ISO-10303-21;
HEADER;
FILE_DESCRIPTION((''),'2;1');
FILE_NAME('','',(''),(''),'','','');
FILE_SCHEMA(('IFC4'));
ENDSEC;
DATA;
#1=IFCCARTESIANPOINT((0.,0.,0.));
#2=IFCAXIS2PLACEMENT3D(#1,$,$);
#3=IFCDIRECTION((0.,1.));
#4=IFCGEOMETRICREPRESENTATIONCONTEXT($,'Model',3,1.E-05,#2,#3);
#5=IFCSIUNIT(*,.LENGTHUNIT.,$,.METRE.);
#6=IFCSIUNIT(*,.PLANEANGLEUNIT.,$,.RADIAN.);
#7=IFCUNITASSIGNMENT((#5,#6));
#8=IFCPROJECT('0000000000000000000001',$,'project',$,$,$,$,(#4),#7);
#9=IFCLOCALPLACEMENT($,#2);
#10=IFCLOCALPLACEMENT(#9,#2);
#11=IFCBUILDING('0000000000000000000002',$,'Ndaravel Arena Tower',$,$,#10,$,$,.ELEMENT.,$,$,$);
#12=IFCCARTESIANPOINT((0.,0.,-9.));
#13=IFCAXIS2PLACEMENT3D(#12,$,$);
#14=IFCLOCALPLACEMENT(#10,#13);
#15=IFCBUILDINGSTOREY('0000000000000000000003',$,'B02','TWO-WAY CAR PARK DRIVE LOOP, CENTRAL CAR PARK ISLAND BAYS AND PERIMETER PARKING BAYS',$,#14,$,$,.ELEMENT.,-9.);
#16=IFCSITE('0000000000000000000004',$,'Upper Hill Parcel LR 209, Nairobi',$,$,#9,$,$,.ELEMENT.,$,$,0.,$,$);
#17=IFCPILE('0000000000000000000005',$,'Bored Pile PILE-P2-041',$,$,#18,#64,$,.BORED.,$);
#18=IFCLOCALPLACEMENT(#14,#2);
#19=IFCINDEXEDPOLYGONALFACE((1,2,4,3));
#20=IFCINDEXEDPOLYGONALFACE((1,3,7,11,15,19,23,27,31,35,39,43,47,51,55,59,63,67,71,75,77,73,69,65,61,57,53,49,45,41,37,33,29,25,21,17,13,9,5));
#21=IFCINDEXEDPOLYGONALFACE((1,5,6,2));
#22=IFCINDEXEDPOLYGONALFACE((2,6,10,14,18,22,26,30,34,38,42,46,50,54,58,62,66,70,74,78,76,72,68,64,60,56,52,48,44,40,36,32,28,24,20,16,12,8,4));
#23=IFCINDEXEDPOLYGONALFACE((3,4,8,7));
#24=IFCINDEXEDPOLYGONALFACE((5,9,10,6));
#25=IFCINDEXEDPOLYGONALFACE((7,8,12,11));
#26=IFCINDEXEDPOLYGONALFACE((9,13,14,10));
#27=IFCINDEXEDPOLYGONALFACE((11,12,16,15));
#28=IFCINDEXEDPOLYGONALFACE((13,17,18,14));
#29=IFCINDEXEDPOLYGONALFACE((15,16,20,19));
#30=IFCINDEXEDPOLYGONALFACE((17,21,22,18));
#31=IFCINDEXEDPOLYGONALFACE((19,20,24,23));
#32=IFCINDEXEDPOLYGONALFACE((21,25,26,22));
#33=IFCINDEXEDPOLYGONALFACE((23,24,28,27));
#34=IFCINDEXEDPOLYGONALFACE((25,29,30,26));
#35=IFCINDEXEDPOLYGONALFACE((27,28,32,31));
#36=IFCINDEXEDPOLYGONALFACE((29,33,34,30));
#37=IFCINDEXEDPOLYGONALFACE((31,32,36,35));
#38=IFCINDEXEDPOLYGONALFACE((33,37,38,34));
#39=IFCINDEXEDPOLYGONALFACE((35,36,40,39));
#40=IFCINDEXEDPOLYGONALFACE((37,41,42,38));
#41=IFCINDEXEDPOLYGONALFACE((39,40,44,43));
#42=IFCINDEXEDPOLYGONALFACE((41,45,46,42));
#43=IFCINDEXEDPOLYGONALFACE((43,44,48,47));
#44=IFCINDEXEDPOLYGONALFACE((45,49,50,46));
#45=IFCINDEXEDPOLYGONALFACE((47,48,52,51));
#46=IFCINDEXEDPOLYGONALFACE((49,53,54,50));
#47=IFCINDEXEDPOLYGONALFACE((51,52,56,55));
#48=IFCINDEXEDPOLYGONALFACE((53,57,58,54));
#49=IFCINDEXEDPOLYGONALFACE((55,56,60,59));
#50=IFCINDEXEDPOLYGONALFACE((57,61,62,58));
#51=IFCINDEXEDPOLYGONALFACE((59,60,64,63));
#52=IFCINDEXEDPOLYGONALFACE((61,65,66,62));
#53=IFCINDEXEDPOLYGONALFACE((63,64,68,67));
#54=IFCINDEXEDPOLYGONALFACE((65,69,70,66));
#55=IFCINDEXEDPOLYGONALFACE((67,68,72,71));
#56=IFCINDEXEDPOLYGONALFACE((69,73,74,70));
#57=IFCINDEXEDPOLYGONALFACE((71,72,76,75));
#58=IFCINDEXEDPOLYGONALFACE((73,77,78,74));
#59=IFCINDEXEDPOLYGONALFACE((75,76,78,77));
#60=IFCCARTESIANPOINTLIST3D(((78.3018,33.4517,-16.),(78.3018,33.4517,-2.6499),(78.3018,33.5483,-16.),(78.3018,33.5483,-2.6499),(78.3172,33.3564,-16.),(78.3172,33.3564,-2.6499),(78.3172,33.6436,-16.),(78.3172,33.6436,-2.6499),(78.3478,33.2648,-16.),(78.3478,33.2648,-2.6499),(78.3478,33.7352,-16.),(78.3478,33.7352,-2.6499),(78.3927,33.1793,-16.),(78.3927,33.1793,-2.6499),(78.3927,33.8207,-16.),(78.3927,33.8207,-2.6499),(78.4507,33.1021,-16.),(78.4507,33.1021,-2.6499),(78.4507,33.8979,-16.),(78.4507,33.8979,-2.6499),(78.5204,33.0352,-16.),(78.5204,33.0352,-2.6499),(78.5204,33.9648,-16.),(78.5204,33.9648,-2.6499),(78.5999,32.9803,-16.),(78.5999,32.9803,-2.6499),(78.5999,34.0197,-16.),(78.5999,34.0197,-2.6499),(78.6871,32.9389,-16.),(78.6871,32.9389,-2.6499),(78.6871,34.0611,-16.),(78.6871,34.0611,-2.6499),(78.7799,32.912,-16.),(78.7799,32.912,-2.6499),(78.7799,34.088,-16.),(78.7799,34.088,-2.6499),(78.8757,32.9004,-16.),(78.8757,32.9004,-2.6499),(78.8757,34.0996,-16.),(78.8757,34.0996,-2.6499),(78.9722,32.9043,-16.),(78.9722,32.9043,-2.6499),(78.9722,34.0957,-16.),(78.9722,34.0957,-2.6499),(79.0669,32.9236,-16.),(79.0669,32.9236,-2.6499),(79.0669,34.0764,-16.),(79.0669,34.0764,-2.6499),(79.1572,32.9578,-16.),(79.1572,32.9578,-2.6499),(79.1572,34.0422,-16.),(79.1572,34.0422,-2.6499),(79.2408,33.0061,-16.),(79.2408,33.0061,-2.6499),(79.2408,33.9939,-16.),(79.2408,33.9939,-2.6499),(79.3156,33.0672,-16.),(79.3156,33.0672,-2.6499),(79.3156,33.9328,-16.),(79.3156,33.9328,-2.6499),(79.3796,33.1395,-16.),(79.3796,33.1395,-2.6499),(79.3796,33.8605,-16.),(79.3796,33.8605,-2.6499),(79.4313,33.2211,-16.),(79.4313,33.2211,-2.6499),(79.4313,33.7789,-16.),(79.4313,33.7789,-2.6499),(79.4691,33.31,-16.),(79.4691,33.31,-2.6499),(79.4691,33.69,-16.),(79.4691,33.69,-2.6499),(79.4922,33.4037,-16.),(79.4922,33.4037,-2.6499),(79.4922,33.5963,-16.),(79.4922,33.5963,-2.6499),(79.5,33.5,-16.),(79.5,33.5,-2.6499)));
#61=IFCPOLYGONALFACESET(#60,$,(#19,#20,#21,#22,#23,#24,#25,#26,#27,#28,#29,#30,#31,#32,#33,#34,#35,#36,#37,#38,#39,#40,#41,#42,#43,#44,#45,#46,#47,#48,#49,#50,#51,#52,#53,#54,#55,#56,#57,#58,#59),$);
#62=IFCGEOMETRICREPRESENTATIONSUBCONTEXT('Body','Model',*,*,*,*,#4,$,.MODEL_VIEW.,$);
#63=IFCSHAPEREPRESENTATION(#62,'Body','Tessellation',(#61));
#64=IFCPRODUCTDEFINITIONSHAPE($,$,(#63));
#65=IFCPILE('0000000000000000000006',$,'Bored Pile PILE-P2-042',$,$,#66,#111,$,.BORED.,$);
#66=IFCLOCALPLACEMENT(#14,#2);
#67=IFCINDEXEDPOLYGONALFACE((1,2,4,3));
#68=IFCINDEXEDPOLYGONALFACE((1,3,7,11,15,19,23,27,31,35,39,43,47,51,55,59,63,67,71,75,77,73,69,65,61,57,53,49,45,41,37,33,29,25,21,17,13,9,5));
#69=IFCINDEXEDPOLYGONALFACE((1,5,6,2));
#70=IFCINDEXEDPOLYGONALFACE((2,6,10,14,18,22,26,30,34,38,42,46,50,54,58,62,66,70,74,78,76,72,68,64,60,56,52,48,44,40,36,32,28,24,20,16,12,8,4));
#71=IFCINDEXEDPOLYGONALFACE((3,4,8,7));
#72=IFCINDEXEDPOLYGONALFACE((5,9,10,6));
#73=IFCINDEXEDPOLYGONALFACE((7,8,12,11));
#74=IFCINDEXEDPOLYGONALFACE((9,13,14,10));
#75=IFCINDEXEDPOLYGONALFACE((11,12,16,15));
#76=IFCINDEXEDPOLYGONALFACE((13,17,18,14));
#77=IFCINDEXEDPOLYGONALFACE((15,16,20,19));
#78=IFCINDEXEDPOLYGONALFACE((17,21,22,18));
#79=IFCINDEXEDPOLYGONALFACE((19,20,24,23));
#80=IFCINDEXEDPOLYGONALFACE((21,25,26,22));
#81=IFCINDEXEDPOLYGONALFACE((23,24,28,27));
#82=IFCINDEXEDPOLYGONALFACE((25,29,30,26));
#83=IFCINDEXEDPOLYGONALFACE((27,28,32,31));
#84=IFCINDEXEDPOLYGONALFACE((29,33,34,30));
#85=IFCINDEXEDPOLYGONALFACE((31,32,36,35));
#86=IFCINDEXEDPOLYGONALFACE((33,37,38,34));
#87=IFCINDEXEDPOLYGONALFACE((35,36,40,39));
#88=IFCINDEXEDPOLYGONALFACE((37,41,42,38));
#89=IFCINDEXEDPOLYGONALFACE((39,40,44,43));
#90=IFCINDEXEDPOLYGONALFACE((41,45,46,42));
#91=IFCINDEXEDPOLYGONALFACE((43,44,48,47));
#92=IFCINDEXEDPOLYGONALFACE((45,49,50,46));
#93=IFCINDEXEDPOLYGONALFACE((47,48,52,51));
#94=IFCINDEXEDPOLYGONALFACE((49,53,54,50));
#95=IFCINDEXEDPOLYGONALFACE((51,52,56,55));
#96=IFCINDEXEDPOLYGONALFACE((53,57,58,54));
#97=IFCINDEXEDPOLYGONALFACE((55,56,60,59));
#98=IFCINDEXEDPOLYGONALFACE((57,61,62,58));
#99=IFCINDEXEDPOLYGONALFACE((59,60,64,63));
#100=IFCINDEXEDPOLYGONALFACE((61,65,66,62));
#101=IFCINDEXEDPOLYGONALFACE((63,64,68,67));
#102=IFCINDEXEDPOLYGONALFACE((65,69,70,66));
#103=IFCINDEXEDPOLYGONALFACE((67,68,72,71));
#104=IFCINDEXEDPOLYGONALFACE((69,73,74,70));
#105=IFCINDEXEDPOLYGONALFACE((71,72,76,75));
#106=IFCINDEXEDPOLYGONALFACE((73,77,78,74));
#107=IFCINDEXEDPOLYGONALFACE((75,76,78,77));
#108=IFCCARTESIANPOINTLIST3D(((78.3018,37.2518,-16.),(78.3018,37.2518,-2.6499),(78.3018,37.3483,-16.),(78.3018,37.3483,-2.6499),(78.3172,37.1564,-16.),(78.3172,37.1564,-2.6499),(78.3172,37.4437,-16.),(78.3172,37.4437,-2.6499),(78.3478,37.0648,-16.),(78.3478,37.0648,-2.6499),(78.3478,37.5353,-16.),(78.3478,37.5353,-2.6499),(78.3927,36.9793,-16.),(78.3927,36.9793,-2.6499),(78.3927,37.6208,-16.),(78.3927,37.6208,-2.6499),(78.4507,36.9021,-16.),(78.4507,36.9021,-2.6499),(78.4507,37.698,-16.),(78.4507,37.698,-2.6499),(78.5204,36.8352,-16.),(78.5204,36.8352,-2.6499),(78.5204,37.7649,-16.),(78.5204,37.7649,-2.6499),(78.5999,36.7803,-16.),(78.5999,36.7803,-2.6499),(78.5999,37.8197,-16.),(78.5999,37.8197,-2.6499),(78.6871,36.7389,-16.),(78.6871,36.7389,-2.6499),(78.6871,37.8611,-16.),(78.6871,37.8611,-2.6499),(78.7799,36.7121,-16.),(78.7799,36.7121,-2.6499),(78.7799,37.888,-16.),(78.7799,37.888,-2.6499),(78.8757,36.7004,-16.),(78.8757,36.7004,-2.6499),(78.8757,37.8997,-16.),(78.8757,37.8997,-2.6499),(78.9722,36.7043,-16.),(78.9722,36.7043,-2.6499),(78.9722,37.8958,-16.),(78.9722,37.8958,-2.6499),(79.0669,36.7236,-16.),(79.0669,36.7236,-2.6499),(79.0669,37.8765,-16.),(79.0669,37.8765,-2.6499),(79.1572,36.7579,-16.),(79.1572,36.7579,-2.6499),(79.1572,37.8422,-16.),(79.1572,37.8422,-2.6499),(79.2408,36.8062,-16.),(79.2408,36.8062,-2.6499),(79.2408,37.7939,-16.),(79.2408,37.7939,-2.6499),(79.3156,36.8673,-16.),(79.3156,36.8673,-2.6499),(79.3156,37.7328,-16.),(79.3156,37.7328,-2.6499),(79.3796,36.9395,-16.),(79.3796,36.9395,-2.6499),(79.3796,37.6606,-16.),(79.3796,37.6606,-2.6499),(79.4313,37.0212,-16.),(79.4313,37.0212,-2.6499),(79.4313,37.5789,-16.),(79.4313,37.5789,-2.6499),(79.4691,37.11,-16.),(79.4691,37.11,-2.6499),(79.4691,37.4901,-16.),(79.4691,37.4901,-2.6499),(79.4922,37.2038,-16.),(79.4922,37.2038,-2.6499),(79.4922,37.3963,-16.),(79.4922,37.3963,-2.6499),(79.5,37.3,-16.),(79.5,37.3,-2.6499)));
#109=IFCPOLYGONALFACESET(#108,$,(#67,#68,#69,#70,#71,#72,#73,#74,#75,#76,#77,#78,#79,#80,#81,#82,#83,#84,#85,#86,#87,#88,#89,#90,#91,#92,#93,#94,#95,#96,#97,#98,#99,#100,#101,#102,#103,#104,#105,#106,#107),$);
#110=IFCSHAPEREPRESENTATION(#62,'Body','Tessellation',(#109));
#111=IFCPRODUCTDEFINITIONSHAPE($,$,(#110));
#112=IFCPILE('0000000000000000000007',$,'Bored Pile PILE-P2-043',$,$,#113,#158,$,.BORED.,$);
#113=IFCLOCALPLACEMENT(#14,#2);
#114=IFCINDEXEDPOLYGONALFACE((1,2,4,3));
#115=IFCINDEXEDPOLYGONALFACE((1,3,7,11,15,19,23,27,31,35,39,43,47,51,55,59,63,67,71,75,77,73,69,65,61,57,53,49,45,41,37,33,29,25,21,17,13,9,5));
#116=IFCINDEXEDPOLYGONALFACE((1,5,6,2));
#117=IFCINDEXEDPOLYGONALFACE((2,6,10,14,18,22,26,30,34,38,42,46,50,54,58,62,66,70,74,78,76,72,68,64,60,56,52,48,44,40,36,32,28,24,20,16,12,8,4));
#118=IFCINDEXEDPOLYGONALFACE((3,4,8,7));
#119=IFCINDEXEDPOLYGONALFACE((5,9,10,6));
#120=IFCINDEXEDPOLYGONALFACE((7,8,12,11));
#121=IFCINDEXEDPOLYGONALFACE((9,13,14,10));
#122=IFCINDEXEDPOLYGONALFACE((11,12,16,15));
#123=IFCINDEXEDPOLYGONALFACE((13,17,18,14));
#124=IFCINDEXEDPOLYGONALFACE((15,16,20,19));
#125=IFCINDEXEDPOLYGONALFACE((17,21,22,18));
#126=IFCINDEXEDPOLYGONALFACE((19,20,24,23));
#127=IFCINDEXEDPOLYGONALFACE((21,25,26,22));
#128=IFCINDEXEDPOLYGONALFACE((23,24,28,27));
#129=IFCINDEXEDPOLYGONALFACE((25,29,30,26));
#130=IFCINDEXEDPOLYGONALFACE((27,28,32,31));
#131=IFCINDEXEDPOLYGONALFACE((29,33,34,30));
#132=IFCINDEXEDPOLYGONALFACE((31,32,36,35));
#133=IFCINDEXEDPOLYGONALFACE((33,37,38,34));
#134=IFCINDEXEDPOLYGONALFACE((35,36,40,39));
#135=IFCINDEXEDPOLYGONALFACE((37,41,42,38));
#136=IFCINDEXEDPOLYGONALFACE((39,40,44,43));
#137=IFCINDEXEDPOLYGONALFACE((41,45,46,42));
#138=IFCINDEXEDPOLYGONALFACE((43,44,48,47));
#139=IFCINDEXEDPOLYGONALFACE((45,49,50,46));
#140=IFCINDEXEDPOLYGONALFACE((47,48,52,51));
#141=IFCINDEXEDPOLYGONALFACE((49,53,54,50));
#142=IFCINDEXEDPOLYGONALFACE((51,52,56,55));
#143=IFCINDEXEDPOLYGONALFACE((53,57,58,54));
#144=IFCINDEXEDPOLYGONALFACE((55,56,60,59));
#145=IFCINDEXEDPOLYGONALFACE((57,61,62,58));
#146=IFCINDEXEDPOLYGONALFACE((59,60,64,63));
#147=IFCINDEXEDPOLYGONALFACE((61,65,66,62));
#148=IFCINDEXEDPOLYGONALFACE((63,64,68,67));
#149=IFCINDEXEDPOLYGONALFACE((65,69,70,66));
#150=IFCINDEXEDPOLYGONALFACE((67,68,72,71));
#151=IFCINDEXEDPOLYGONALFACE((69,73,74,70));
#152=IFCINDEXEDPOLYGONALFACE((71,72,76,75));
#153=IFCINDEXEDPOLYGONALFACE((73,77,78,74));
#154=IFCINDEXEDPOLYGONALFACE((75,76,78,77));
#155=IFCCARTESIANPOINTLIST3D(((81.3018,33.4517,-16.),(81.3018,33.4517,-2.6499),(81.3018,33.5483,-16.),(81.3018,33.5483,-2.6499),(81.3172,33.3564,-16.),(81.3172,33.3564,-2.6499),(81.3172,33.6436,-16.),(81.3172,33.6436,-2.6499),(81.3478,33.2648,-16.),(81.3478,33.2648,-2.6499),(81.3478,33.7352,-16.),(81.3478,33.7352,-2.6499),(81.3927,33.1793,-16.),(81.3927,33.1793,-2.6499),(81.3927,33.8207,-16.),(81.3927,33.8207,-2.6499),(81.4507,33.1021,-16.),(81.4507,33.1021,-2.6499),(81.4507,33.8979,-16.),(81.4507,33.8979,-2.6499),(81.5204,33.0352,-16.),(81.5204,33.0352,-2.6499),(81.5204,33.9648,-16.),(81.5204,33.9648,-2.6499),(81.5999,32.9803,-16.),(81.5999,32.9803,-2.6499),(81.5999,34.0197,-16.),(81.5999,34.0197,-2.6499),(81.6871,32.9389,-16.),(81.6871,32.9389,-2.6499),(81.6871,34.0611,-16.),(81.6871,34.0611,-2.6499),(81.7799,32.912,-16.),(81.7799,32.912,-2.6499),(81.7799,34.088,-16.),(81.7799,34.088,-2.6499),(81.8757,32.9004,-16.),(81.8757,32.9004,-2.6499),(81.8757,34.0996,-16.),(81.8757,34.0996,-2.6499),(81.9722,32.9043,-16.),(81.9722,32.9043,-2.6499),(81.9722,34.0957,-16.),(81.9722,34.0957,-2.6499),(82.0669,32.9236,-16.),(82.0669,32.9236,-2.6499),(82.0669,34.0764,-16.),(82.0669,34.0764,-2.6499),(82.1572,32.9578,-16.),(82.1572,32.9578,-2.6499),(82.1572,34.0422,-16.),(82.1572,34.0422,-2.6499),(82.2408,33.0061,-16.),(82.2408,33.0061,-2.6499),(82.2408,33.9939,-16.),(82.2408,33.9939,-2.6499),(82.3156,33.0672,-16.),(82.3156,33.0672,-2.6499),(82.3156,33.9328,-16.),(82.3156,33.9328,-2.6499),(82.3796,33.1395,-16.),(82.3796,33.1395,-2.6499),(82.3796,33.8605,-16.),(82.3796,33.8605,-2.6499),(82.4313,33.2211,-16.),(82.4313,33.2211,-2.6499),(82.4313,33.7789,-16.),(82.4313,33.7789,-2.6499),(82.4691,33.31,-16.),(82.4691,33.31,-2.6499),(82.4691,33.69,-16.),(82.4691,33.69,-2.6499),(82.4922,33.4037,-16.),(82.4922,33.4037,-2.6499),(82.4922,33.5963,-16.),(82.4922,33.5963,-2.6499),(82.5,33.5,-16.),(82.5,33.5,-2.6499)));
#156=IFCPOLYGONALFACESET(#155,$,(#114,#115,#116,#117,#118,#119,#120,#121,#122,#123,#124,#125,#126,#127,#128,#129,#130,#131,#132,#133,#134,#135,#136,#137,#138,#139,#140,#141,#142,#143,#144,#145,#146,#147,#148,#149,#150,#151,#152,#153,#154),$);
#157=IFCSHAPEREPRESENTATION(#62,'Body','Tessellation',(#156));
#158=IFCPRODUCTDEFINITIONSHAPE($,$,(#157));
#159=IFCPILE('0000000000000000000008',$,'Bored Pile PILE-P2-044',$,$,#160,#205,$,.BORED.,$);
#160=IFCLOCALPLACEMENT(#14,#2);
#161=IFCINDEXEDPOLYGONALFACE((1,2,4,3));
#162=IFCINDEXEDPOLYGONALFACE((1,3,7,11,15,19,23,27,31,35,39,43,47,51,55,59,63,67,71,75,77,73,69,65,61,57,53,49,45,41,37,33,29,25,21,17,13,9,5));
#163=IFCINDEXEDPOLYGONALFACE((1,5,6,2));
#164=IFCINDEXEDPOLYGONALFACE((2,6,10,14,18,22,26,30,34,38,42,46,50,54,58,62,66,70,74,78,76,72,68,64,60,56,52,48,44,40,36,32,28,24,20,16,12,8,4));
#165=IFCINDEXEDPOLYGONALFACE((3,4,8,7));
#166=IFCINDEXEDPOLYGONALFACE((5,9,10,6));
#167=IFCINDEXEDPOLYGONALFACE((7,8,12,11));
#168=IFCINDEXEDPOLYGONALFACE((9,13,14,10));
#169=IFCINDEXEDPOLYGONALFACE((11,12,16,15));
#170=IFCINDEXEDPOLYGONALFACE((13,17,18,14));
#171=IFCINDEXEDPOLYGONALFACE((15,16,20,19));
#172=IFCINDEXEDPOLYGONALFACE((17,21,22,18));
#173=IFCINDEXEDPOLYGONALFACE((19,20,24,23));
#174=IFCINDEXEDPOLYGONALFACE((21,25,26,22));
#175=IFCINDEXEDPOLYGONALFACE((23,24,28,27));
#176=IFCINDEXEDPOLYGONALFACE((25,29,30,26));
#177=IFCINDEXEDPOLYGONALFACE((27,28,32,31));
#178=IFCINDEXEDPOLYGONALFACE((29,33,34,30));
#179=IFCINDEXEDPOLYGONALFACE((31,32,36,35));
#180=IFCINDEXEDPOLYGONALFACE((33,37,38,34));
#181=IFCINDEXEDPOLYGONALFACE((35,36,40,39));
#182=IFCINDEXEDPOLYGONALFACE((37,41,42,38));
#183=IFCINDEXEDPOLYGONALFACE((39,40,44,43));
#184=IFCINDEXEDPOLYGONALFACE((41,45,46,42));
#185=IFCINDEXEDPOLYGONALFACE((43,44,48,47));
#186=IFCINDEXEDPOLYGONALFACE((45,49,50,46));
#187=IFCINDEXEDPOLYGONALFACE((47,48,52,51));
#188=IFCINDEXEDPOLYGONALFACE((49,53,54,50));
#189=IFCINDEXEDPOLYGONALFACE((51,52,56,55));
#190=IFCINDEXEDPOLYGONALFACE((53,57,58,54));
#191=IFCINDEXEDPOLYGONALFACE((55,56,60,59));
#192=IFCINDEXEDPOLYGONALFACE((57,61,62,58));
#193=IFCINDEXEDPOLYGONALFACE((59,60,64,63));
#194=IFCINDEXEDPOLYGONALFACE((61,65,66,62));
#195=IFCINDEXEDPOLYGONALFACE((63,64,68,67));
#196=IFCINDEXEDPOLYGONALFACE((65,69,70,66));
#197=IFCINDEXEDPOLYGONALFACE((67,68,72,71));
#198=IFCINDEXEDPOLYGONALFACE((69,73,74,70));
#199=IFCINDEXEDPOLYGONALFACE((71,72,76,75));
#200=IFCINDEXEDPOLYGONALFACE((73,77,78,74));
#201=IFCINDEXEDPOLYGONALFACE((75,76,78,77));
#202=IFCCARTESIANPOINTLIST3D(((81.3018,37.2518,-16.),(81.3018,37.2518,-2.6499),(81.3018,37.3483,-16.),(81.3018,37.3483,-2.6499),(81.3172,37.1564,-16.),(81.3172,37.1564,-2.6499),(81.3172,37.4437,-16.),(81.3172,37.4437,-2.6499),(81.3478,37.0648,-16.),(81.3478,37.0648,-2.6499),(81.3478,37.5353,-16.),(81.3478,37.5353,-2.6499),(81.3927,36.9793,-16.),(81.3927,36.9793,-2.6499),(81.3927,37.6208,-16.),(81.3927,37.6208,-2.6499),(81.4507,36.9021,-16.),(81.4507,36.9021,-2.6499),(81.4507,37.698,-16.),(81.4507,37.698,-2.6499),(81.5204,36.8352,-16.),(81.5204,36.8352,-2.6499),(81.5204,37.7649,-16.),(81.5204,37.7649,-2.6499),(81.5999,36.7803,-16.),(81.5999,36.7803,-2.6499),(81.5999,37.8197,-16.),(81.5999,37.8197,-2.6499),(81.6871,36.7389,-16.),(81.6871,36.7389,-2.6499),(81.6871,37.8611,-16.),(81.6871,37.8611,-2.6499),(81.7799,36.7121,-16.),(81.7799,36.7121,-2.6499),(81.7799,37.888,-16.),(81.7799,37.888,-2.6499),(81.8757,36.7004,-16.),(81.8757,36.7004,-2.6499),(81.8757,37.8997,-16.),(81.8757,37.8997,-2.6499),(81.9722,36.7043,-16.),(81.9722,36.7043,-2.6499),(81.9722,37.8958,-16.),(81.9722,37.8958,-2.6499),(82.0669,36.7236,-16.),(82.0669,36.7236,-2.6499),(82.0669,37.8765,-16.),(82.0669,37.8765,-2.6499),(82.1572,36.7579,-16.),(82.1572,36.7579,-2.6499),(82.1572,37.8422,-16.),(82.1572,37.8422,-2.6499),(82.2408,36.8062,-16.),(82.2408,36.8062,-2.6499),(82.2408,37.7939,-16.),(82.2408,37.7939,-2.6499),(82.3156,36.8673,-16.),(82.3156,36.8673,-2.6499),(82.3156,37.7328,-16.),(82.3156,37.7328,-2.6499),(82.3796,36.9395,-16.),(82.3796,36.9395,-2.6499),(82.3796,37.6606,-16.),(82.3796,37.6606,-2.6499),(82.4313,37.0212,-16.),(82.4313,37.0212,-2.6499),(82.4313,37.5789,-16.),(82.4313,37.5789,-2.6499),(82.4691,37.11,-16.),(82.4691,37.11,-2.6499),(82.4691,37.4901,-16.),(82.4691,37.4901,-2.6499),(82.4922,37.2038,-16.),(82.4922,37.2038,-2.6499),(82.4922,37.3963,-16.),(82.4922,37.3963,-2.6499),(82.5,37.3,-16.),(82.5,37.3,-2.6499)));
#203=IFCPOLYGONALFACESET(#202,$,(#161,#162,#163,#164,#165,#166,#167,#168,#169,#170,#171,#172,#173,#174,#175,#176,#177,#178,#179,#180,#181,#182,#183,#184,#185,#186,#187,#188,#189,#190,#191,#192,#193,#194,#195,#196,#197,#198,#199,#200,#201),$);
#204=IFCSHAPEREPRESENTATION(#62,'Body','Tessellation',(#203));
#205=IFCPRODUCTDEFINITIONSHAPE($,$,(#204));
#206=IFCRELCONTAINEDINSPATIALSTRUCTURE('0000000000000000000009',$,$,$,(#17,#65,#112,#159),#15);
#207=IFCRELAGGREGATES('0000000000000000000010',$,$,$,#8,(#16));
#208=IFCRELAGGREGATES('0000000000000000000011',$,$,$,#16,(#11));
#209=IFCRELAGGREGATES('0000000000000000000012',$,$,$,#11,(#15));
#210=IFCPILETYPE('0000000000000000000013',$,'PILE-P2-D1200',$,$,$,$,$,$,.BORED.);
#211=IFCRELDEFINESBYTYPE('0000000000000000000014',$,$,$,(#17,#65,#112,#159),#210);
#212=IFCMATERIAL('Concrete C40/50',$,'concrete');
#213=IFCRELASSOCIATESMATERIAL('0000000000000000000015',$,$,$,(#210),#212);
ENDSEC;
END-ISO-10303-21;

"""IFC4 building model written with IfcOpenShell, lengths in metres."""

from ifc_helpers import new_model, si_unit, direction, frame, origin, origin_2d, place, context, subcontext, project, spatial, circle, extrude, material, material_profile, profile_set, type_object, element, save


model = new_model("IFC4")

# Units and contexts
model_context = context("Model", 3, precision=1e-05, world=origin(), true_north=direction((0.0, 1.0)))
body_context = subcontext(model_context, "Body", "Model", "MODEL_VIEW")
ifc_project = project(units=[si_unit("LENGTHUNIT", "METRE"), si_unit("PLANEANGLEUNIT", "RADIAN")], contexts=[model_context])

# Site, building, storey
site_placement = place(None, origin())
site = spatial("IfcSite", under=ifc_project, at=site_placement, Name="Upper Hill Parcel LR 209, Nairobi", CompositionType="ELEMENT", RefElevation=0.0)
building_placement = place(site_placement, origin())
building = spatial("IfcBuilding", under=site, at=building_placement, Name="Ndaravel Arena Tower", CompositionType="ELEMENT")
storey_placement = place(building_placement, frame((0.0, 0.0, -9.0)))
storey = spatial("IfcBuildingStorey", under=building, at=storey_placement, Name="B02", Description="TWO-WAY CAR PARK DRIVE LOOP, CENTRAL CAR PARK ISLAND BAYS AND PERIMETER PARKING BAYS", CompositionType="ELEMENT", Elevation=-9.0)

# Piles
ifc_material_1 = material(Name="Concrete C40/50", Category="concrete")
ifc_material_profile_1 = material_profile(ifc_material_1, circle(Radius=0.6001, at=origin_2d()), Name="BORED PILE D1200")
ifc_profile_set_1 = profile_set([ifc_material_profile_1], Name="Concrete C40/50")
pile_type_1 = type_object("IfcPileType", Name="PILE-P2-D1200", PredefinedType="BORED", material=ifc_profile_set_1)
for number, where, z_axis, x_axis, name in (
    (1, (78.8999, 33.5, -2.6499), (0.0, 0.0, -1.0), (1.0, 0.0, 0.0), "Bored Pile PILE-P2-041"),
    (2, (78.8999, 37.3, -2.6499), (0.0, 0.0, -1.0), (1.0, 0.0, 0.0), "Bored Pile PILE-P2-042"),
    (3, (81.8999, 33.5, -2.6499), (0.0, 0.0, -1.0), (1.0, 0.0, 0.0), "Bored Pile PILE-P2-043"),
    (4, (81.8999, 37.3, -2.6499), (0.0, 0.0, -1.0), (1.0, 0.0, 0.0), "Bored Pile PILE-P2-044"),
):
    element("IfcPile", number, at=place(storey_placement, frame(where, z_axis=z_axis, x_axis=x_axis)), inside=storey, type_object=pile_type_1, Name=name, PredefinedType="BORED", context=body_context, shape_type="SweptSolid", body=[
        extrude(circle(Radius=0.6001, at=origin_2d()), origin(), (0.0, 0.0, 1.0), 13.3501),
    ])

save(model, "model.ifc")
